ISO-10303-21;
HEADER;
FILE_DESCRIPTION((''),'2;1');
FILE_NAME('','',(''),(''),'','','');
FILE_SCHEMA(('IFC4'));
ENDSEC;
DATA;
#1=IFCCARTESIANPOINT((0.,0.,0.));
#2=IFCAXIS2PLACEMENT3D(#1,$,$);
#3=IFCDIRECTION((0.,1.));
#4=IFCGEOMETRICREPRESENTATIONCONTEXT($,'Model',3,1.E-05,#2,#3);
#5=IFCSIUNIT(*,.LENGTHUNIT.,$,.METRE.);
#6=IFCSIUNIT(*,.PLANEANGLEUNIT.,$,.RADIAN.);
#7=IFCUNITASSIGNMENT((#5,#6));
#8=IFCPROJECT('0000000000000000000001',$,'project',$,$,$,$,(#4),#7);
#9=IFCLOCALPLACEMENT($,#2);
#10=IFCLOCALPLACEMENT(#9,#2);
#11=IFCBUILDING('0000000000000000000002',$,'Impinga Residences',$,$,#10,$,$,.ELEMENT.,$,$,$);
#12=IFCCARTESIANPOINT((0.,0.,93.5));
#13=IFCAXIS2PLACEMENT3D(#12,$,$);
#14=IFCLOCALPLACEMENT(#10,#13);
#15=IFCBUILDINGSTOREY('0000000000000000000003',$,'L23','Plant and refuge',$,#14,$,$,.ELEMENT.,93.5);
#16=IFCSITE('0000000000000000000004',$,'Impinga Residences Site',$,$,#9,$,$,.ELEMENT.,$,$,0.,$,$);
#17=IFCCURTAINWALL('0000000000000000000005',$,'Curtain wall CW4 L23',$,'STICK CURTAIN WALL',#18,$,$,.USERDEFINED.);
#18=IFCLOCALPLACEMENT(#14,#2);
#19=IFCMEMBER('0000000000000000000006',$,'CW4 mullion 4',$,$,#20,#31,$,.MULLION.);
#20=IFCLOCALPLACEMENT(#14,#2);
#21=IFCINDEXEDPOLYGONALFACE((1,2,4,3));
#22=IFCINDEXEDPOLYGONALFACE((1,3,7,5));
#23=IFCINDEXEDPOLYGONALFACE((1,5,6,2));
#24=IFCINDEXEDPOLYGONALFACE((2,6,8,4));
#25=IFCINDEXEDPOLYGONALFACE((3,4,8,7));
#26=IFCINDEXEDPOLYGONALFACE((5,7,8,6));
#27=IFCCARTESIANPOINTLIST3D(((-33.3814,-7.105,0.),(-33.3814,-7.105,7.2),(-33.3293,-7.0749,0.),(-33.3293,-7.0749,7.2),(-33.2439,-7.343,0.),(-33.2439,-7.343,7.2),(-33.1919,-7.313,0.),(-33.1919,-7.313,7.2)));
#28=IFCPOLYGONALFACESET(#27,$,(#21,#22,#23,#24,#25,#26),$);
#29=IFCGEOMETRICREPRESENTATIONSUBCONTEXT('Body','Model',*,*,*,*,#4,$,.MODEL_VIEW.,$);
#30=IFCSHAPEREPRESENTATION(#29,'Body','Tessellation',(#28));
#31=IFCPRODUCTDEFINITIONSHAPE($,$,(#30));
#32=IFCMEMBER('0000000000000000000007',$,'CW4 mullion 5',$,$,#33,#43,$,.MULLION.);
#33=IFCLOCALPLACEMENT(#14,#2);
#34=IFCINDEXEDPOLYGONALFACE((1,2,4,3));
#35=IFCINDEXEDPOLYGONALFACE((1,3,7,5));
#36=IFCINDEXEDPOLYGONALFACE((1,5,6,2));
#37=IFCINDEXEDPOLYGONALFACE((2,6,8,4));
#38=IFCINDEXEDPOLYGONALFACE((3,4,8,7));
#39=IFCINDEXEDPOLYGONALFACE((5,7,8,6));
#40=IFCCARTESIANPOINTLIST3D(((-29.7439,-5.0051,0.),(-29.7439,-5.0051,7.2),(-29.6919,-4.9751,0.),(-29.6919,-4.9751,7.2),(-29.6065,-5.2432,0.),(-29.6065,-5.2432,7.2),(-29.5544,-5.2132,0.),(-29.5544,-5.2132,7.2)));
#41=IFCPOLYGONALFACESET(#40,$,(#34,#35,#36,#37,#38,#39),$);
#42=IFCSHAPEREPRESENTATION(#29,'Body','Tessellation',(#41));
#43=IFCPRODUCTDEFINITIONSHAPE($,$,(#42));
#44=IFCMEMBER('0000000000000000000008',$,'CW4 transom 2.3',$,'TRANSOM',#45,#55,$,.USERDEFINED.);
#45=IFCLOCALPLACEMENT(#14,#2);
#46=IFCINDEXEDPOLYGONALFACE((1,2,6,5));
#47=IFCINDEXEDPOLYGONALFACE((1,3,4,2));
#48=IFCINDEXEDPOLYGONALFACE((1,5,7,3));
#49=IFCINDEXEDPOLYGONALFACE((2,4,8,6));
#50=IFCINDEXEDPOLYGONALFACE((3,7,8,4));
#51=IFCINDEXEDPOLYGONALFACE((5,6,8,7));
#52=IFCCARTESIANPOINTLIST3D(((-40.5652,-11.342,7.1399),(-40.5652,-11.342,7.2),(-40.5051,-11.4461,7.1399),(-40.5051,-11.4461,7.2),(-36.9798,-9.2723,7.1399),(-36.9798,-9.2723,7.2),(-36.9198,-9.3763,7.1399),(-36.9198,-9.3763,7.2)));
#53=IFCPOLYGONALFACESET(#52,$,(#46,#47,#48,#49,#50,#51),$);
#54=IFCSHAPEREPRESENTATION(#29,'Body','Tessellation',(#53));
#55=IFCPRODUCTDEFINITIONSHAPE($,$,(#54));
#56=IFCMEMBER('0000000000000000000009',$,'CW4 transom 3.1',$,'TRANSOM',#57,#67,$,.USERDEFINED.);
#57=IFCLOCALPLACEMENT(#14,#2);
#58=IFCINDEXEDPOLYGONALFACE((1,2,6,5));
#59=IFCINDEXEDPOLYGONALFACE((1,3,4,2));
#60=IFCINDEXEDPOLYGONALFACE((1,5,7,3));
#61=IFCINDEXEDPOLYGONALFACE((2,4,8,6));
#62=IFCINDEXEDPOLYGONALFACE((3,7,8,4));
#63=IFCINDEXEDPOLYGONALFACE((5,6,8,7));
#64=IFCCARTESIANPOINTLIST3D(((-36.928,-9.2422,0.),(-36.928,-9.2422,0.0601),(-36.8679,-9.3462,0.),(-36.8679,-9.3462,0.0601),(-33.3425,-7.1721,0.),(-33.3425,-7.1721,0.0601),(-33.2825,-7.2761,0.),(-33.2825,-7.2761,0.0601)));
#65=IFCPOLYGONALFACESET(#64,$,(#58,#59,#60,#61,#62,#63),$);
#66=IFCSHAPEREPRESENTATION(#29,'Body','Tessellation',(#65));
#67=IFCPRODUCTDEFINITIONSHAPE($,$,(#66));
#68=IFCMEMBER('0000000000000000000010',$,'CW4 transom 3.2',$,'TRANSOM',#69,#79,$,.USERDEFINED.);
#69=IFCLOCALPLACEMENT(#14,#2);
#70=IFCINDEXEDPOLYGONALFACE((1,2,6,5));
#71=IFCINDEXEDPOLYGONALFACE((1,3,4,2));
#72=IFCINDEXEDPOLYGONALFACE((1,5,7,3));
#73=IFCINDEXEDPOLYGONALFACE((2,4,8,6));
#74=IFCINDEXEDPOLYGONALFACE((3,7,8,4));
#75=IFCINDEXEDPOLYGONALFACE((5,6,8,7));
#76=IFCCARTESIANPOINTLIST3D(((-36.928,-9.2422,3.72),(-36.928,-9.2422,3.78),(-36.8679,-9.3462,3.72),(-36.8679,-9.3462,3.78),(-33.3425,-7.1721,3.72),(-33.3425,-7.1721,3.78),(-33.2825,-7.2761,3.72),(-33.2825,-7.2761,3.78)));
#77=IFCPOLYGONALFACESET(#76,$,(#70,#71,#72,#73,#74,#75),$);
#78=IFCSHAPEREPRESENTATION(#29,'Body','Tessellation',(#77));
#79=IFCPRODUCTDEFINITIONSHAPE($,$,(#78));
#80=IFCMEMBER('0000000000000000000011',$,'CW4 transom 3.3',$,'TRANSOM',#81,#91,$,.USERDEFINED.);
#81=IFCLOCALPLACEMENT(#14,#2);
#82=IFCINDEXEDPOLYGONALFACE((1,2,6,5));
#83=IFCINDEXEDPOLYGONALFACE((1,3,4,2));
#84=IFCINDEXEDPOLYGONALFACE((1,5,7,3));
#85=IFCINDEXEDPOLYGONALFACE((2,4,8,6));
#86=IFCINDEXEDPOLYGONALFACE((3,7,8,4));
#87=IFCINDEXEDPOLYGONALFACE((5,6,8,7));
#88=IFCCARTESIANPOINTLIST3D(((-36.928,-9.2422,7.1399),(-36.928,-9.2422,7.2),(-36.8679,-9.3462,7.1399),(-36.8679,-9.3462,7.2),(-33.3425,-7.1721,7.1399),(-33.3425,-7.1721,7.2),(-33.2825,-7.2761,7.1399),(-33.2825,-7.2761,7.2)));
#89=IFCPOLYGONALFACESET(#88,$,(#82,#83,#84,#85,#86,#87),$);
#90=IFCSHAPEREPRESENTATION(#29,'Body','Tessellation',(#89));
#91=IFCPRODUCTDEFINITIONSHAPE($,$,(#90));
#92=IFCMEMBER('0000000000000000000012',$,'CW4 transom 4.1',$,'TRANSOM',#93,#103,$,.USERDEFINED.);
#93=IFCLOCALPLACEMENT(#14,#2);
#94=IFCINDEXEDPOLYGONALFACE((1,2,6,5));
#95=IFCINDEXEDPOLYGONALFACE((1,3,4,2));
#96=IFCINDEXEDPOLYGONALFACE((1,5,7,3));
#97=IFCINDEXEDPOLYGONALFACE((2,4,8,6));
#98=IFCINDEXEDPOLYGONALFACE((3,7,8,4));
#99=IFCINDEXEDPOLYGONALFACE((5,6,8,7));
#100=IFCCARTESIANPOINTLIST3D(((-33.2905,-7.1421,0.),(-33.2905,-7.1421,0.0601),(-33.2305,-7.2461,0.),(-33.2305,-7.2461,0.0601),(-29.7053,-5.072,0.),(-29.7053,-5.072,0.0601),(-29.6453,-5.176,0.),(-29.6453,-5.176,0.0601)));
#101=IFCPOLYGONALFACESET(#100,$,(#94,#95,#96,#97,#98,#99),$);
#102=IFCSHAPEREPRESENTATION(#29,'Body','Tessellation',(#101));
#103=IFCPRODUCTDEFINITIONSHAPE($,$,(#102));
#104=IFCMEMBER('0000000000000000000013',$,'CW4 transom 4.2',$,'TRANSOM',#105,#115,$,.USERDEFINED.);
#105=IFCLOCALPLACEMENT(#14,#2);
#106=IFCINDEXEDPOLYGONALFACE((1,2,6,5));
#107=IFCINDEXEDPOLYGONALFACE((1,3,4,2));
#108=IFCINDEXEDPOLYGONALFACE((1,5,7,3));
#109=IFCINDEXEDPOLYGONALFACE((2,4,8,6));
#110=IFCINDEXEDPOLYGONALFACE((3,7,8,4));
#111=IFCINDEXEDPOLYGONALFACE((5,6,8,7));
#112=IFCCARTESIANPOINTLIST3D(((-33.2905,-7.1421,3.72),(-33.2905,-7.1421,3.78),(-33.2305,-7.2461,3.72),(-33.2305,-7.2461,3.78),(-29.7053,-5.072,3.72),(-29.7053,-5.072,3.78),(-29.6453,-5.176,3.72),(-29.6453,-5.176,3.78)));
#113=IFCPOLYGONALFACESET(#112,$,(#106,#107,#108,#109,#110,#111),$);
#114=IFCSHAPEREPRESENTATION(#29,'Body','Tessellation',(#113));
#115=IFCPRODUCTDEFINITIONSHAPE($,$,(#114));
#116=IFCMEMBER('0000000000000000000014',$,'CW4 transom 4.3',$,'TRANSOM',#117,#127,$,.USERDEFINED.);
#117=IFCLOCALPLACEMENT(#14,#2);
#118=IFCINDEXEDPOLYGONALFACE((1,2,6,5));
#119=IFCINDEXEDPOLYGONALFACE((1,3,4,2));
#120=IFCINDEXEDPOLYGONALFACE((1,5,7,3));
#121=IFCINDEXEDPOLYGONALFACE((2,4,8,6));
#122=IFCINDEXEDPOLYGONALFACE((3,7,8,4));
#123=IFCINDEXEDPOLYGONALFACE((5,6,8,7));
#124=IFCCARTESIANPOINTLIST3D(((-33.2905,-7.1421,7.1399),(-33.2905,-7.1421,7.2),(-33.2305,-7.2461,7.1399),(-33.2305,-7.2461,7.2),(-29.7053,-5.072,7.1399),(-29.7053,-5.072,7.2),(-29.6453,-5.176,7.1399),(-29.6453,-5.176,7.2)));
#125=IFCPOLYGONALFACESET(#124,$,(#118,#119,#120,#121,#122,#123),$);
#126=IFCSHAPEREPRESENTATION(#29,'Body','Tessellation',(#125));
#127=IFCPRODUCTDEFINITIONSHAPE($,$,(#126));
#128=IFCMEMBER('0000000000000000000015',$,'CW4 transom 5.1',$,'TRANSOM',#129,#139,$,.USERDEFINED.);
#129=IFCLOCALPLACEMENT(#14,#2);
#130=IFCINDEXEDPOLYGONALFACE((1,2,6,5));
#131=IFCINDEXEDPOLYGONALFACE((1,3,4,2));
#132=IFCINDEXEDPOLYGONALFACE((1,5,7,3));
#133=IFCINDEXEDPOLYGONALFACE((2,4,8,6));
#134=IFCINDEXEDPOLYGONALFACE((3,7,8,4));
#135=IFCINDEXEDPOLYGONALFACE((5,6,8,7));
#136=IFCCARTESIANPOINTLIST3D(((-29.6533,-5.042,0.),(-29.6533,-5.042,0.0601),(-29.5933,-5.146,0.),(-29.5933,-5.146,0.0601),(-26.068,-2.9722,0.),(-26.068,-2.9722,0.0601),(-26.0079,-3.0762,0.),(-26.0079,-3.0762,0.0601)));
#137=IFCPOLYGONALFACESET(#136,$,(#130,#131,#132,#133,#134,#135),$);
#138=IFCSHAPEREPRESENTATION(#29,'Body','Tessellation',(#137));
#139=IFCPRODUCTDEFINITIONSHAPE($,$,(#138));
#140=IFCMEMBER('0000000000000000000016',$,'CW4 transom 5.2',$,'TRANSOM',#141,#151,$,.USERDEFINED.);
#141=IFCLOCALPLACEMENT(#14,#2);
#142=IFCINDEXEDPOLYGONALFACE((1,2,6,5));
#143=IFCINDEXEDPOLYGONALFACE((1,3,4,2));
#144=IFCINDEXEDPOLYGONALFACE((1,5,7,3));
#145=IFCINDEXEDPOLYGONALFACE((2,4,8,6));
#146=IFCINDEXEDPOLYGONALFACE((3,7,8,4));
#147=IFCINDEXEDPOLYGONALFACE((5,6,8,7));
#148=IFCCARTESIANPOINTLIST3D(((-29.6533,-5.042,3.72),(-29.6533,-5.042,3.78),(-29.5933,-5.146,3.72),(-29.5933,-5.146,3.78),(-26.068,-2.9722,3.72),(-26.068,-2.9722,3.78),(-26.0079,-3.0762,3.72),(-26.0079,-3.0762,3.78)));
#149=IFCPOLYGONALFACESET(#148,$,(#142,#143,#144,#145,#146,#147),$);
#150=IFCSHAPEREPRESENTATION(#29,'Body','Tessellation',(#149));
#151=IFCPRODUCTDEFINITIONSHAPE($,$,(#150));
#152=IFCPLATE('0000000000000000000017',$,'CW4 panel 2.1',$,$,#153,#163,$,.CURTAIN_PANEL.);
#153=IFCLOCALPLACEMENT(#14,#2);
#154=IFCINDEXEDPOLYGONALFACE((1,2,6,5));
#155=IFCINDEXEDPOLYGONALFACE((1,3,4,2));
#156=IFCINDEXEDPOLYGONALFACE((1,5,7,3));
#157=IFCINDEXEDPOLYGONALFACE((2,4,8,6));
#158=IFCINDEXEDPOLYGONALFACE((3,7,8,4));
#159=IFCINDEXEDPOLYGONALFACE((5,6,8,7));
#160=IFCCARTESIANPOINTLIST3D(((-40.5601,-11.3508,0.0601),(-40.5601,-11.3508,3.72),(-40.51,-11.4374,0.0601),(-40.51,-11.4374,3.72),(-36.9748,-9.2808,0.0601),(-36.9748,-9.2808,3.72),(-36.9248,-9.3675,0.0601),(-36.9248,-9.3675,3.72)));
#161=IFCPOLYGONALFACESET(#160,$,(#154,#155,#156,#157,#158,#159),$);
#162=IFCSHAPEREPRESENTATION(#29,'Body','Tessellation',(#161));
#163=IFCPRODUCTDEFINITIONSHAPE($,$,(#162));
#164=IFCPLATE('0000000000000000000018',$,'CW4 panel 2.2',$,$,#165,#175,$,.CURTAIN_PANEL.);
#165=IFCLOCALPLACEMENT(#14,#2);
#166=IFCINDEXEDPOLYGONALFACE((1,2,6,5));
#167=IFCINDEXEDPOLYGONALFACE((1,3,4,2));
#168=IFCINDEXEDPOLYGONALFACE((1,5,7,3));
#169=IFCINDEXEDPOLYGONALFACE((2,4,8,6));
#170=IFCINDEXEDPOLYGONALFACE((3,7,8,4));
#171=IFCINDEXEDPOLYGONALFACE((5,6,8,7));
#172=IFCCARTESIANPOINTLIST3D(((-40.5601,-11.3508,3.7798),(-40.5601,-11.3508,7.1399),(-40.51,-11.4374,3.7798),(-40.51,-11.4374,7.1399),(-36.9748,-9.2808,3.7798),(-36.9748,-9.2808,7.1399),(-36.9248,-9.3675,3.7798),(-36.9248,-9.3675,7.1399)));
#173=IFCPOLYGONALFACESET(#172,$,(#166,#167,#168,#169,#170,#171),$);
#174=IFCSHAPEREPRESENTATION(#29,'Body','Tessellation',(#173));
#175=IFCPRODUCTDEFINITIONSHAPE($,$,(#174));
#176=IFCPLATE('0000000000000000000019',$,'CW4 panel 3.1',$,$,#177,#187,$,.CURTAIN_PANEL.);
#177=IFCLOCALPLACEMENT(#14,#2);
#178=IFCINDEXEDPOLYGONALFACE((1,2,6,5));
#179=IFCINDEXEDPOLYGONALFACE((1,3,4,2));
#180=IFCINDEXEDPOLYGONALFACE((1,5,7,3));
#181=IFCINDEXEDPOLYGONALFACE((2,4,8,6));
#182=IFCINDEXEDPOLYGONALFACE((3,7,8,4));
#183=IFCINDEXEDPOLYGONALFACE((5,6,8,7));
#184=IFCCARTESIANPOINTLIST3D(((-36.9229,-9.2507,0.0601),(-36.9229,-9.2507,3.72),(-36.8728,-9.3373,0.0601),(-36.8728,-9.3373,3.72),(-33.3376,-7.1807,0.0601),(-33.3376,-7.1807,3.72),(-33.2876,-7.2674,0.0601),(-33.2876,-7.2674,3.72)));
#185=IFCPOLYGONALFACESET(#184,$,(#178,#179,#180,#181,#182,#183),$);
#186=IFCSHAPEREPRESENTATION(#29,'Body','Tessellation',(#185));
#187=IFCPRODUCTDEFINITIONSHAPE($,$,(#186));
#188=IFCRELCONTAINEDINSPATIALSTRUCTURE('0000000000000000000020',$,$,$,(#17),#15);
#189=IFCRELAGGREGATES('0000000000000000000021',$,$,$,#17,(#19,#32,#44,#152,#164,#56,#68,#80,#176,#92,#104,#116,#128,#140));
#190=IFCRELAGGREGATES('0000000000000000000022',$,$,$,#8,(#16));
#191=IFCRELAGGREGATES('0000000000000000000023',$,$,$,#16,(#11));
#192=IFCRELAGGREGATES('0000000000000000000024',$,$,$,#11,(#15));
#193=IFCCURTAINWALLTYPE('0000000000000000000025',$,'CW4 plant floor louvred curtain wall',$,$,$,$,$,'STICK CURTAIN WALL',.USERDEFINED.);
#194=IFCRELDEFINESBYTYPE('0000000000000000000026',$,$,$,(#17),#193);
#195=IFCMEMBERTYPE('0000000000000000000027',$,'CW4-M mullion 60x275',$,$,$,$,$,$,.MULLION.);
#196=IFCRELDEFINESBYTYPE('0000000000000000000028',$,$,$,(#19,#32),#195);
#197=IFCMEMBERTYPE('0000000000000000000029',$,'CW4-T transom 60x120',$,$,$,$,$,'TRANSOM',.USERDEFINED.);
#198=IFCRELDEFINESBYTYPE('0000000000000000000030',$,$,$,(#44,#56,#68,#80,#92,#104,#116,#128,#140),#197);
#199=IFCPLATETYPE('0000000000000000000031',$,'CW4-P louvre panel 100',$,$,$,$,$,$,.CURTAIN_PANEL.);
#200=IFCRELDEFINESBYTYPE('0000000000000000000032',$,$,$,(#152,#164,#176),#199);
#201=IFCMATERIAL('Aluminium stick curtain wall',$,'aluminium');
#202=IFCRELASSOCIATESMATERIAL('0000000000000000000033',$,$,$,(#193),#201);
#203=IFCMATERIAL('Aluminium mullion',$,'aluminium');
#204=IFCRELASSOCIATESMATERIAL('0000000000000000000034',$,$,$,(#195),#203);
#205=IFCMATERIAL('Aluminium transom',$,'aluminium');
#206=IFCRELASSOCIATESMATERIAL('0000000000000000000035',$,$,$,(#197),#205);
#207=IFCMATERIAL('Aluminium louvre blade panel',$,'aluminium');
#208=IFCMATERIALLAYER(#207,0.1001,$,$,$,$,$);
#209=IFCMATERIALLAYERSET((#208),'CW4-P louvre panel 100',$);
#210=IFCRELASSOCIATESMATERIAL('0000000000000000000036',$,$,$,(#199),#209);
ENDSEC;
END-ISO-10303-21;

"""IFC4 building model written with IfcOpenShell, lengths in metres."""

from ifc_helpers import new_model, si_unit, direction, frame, origin, origin_2d, place, context, subcontext, project, spatial, rectangle, extrude, material, layer, layer_set, material_profile, profile_set, type_object, element, aggregate, save


model = new_model("IFC4")

# Units and contexts
model_context = context("Model", 3, precision=1e-05, world=origin(), true_north=direction((0.0, 1.0)))
body_context = subcontext(model_context, "Body", "Model", "MODEL_VIEW")
ifc_project = project(units=[si_unit("LENGTHUNIT", "METRE"), si_unit("PLANEANGLEUNIT", "RADIAN")], contexts=[model_context])

# Site, building, storey
site_placement = place(None, origin())
site = spatial("IfcSite", under=ifc_project, at=site_placement, Name="Impinga Residences Site", CompositionType="ELEMENT", RefElevation=0.0)
building_placement = place(site_placement, origin())
building = spatial("IfcBuilding", under=site, at=building_placement, Name="Impinga Residences", CompositionType="ELEMENT")
storey_placement = place(building_placement, frame((0.0, 0.0, 93.5)))
storey = spatial("IfcBuildingStorey", under=building, at=storey_placement, Name="L23", Description="Plant and refuge", CompositionType="ELEMENT", Elevation=93.5)

# Curtain wall, members, plates
ifc_material_1 = material(Name="Aluminium stick curtain wall", Category="aluminium")
curtain_wall_type = type_object("IfcCurtainWallType", Name="CW4 plant floor louvred curtain wall", ElementType="STICK CURTAIN WALL", PredefinedType="USERDEFINED", material=ifc_material_1)
curtain_wall_placement = place(storey_placement, origin())
curtain_wall = element("IfcCurtainWall", 1, at=curtain_wall_placement, inside=storey, type_object=curtain_wall_type, Name="Curtain wall CW4 L23", ObjectType="STICK CURTAIN WALL", PredefinedType="USERDEFINED")
ifc_material_2 = material(Name="Aluminium mullion", Category="aluminium")
ifc_material_profile_1 = material_profile(ifc_material_2, rectangle(XDim=0.0601, YDim=0.2749, at=origin_2d()), Name="60x275 mullion")
ifc_profile_set_1 = profile_set([ifc_material_profile_1], Name="Aluminium mullion")
member_type_1 = type_object("IfcMemberType", Name="CW4-M mullion 60x275", PredefinedType="MULLION", material=ifc_profile_set_1)
member_1_placement = place(storey_placement, frame((-33.2866, -7.209, 0.0), z_axis=(0.0, 0.0, 1.0), x_axis=(0.866025, 0.5, 0.0)))
member_1 = element("IfcMember", 2, at=member_1_placement, type_object=member_type_1, Name="CW4 mullion 4", PredefinedType="MULLION", context=body_context, shape_type="SweptSolid", body=[
    extrude(rectangle(XDim=0.0601, YDim=0.2749, at=origin_2d()), origin(), (0.0, 0.0, 1.0), 7.2),
])
member_2_placement = place(storey_placement, frame((-29.6492, -5.1091, 0.0), z_axis=(0.0, 0.0, 1.0), x_axis=(0.866025, 0.5, 0.0)))
member_2 = element("IfcMember", 3, at=member_2_placement, type_object=member_type_1, Name="CW4 mullion 5", PredefinedType="MULLION", context=body_context, shape_type="SweptSolid", body=[
    extrude(rectangle(XDim=0.0601, YDim=0.2749, at=origin_2d()), origin(), (0.0, 0.0, 1.0), 7.2),
])
ifc_material_3 = material(Name="Aluminium transom", Category="aluminium")
ifc_material_profile_2 = material_profile(ifc_material_3, rectangle(XDim=0.0601, YDim=0.1201, at=origin_2d()), Name="60x120 transom")
ifc_profile_set_2 = profile_set([ifc_material_profile_2], Name="Aluminium transom")
member_type_2 = type_object("IfcMemberType", Name="CW4-T transom 60x120", ElementType="TRANSOM", PredefinedType="USERDEFINED", material=ifc_profile_set_2)
member_3_placement = place(storey_placement, frame((-40.5352, -11.394, 7.1699), z_axis=(0.86605, 0.499957, 0.0), x_axis=(0.0, 0.0, 1.0)))
member_3 = element("IfcMember", 4, at=member_3_placement, type_object=member_type_2, Name="CW4 transom 2.3", ObjectType="TRANSOM", PredefinedType="USERDEFINED", context=body_context, shape_type="SweptSolid", body=[
    extrude(rectangle(XDim=0.0601, YDim=0.1201, at=origin_2d()), origin(), (0.0, 0.0, 1.0), 4.1399),
])
member_4_placement = place(storey_placement, frame((-36.8979, -9.2942, 0.03), z_axis=(0.866025, 0.500002, 0.0), x_axis=(0.0, 0.0, 1.0)))
member_4 = element("IfcMember", 5, at=member_4_placement, type_object=member_type_2, Name="CW4 transom 3.1", ObjectType="TRANSOM", PredefinedType="USERDEFINED", context=body_context, shape_type="SweptSolid", body=[
    extrude(rectangle(XDim=0.0601, YDim=0.1201, at=origin_2d()), origin(), (0.0, 0.0, 1.0), 4.1401),
])
member_5_placement = place(storey_placement, frame((-36.8979, -9.2942, 3.75), z_axis=(0.866025, 0.500002, 0.0), x_axis=(0.0, 0.0, 1.0)))
member_5 = element("IfcMember", 6, at=member_5_placement, type_object=member_type_2, Name="CW4 transom 3.2", ObjectType="TRANSOM", PredefinedType="USERDEFINED", context=body_context, shape_type="SweptSolid", body=[
    extrude(rectangle(XDim=0.0601, YDim=0.1201, at=origin_2d()), origin(), (0.0, 0.0, 1.0), 4.1401),
])
member_6_placement = place(storey_placement, frame((-36.8979, -9.2942, 7.1699), z_axis=(0.866025, 0.500002, 0.0), x_axis=(0.0, 0.0, 1.0)))
member_6 = element("IfcMember", 7, at=member_6_placement, type_object=member_type_2, Name="CW4 transom 3.3", ObjectType="TRANSOM", PredefinedType="USERDEFINED", context=body_context, shape_type="SweptSolid", body=[
    extrude(rectangle(XDim=0.0601, YDim=0.1201, at=origin_2d()), origin(), (0.0, 0.0, 1.0), 4.1401),
])
member_7_placement = place(storey_placement, frame((-33.2605, -7.1941, 0.03), z_axis=(0.86601, 0.500027, 0.0), x_axis=(0.0, 0.0, 1.0)))
member_7 = element("IfcMember", 8, at=member_7_placement, type_object=member_type_2, Name="CW4 transom 4.1", ObjectType="TRANSOM", PredefinedType="USERDEFINED", context=body_context, shape_type="SweptSolid", body=[
    extrude(rectangle(XDim=0.0601, YDim=0.1201, at=origin_2d()), origin(), (0.0, 0.0, 1.0), 4.1399),
])
member_8_placement = place(storey_placement, frame((-33.2605, -7.1941, 3.75), z_axis=(0.86601, 0.500027, 0.0), x_axis=(0.0, 0.0, 1.0)))
member_8 = element("IfcMember", 9, at=member_8_placement, type_object=member_type_2, Name="CW4 transom 4.2", ObjectType="TRANSOM", PredefinedType="USERDEFINED", context=body_context, shape_type="SweptSolid", body=[
    extrude(rectangle(XDim=0.0601, YDim=0.1201, at=origin_2d()), origin(), (0.0, 0.0, 1.0), 4.1399),
])
member_9_placement = place(storey_placement, frame((-33.2605, -7.1941, 7.1699), z_axis=(0.86601, 0.500027, 0.0), x_axis=(0.0, 0.0, 1.0)))
member_9 = element("IfcMember", 10, at=member_9_placement, type_object=member_type_2, Name="CW4 transom 4.3", ObjectType="TRANSOM", PredefinedType="USERDEFINED", context=body_context, shape_type="SweptSolid", body=[
    extrude(rectangle(XDim=0.0601, YDim=0.1201, at=origin_2d()), origin(), (0.0, 0.0, 1.0), 4.1399),
])
member_10_placement = place(storey_placement, frame((-29.6233, -5.094, 0.03), z_axis=(0.86605, 0.499957, 0.0), x_axis=(0.0, 0.0, 1.0)))
member_10 = element("IfcMember", 11, at=member_10_placement, type_object=member_type_2, Name="CW4 transom 5.1", ObjectType="TRANSOM", PredefinedType="USERDEFINED", context=body_context, shape_type="SweptSolid", body=[
    extrude(rectangle(XDim=0.0601, YDim=0.1201, at=origin_2d()), origin(), (0.0, 0.0, 1.0), 4.1399),
])
member_11_placement = place(storey_placement, frame((-29.6233, -5.094, 3.75), z_axis=(0.86605, 0.499957, 0.0), x_axis=(0.0, 0.0, 1.0)))
member_11 = element("IfcMember", 12, at=member_11_placement, type_object=member_type_2, Name="CW4 transom 5.2", ObjectType="TRANSOM", PredefinedType="USERDEFINED", context=body_context, shape_type="SweptSolid", body=[
    extrude(rectangle(XDim=0.0601, YDim=0.1201, at=origin_2d()), origin(), (0.0, 0.0, 1.0), 4.1399),
])
ifc_material_4 = material(Name="Aluminium louvre blade panel", Category="aluminium")
ifc_layer_1 = layer(ifc_material_4, 0.1001)
ifc_layer_set_1 = layer_set([ifc_layer_1], Name="CW4-P louvre panel 100")
plate_type = type_object("IfcPlateType", Name="CW4-P louvre panel 100", PredefinedType="CURTAIN_PANEL", material=ifc_layer_set_1)
plate_1_placement = place(storey_placement, frame((-38.7424, -10.3591, 0.0601), z_axis=(0.0, 0.0, 1.0), x_axis=(0.866025, 0.5, 0.0)))
plate_1 = element("IfcPlate", 13, at=plate_1_placement, type_object=plate_type, Name="CW4 panel 2.1", PredefinedType="CURTAIN_PANEL", context=body_context, shape_type="SweptSolid", body=[
    extrude(rectangle(XDim=4.1399, YDim=0.1001, at=origin_2d()), origin(), (0.0, 0.0, 1.0), 3.6599),
])
plate_2_placement = place(storey_placement, frame((-38.7424, -10.3591, 3.7798), z_axis=(0.0, 0.0, 1.0), x_axis=(0.866025, 0.5, 0.0)))
plate_2 = element("IfcPlate", 14, at=plate_2_placement, type_object=plate_type, Name="CW4 panel 2.2", PredefinedType="CURTAIN_PANEL", context=body_context, shape_type="SweptSolid", body=[
    extrude(rectangle(XDim=4.1399, YDim=0.1001, at=origin_2d()), origin(), (0.0, 0.0, 1.0), 3.3601),
])
plate_3_placement = place(storey_placement, frame((-35.1052, -8.259, 0.0601), z_axis=(0.0, 0.0, 1.0), x_axis=(0.866025, 0.5, 0.0)))
plate_3 = element("IfcPlate", 15, at=plate_3_placement, type_object=plate_type, Name="CW4 panel 3.1", PredefinedType="CURTAIN_PANEL", context=body_context, shape_type="SweptSolid", body=[
    extrude(rectangle(XDim=4.1399, YDim=0.1001, at=origin_2d()), origin(), (0.0, 0.0, 1.0), 3.6599),
])
aggregate(curtain_wall, [member_1, member_2, member_3, plate_1, plate_2, member_4, member_5, member_6, plate_3, member_7, member_8, member_9, member_10, member_11])

save(model, "model.ifc")
